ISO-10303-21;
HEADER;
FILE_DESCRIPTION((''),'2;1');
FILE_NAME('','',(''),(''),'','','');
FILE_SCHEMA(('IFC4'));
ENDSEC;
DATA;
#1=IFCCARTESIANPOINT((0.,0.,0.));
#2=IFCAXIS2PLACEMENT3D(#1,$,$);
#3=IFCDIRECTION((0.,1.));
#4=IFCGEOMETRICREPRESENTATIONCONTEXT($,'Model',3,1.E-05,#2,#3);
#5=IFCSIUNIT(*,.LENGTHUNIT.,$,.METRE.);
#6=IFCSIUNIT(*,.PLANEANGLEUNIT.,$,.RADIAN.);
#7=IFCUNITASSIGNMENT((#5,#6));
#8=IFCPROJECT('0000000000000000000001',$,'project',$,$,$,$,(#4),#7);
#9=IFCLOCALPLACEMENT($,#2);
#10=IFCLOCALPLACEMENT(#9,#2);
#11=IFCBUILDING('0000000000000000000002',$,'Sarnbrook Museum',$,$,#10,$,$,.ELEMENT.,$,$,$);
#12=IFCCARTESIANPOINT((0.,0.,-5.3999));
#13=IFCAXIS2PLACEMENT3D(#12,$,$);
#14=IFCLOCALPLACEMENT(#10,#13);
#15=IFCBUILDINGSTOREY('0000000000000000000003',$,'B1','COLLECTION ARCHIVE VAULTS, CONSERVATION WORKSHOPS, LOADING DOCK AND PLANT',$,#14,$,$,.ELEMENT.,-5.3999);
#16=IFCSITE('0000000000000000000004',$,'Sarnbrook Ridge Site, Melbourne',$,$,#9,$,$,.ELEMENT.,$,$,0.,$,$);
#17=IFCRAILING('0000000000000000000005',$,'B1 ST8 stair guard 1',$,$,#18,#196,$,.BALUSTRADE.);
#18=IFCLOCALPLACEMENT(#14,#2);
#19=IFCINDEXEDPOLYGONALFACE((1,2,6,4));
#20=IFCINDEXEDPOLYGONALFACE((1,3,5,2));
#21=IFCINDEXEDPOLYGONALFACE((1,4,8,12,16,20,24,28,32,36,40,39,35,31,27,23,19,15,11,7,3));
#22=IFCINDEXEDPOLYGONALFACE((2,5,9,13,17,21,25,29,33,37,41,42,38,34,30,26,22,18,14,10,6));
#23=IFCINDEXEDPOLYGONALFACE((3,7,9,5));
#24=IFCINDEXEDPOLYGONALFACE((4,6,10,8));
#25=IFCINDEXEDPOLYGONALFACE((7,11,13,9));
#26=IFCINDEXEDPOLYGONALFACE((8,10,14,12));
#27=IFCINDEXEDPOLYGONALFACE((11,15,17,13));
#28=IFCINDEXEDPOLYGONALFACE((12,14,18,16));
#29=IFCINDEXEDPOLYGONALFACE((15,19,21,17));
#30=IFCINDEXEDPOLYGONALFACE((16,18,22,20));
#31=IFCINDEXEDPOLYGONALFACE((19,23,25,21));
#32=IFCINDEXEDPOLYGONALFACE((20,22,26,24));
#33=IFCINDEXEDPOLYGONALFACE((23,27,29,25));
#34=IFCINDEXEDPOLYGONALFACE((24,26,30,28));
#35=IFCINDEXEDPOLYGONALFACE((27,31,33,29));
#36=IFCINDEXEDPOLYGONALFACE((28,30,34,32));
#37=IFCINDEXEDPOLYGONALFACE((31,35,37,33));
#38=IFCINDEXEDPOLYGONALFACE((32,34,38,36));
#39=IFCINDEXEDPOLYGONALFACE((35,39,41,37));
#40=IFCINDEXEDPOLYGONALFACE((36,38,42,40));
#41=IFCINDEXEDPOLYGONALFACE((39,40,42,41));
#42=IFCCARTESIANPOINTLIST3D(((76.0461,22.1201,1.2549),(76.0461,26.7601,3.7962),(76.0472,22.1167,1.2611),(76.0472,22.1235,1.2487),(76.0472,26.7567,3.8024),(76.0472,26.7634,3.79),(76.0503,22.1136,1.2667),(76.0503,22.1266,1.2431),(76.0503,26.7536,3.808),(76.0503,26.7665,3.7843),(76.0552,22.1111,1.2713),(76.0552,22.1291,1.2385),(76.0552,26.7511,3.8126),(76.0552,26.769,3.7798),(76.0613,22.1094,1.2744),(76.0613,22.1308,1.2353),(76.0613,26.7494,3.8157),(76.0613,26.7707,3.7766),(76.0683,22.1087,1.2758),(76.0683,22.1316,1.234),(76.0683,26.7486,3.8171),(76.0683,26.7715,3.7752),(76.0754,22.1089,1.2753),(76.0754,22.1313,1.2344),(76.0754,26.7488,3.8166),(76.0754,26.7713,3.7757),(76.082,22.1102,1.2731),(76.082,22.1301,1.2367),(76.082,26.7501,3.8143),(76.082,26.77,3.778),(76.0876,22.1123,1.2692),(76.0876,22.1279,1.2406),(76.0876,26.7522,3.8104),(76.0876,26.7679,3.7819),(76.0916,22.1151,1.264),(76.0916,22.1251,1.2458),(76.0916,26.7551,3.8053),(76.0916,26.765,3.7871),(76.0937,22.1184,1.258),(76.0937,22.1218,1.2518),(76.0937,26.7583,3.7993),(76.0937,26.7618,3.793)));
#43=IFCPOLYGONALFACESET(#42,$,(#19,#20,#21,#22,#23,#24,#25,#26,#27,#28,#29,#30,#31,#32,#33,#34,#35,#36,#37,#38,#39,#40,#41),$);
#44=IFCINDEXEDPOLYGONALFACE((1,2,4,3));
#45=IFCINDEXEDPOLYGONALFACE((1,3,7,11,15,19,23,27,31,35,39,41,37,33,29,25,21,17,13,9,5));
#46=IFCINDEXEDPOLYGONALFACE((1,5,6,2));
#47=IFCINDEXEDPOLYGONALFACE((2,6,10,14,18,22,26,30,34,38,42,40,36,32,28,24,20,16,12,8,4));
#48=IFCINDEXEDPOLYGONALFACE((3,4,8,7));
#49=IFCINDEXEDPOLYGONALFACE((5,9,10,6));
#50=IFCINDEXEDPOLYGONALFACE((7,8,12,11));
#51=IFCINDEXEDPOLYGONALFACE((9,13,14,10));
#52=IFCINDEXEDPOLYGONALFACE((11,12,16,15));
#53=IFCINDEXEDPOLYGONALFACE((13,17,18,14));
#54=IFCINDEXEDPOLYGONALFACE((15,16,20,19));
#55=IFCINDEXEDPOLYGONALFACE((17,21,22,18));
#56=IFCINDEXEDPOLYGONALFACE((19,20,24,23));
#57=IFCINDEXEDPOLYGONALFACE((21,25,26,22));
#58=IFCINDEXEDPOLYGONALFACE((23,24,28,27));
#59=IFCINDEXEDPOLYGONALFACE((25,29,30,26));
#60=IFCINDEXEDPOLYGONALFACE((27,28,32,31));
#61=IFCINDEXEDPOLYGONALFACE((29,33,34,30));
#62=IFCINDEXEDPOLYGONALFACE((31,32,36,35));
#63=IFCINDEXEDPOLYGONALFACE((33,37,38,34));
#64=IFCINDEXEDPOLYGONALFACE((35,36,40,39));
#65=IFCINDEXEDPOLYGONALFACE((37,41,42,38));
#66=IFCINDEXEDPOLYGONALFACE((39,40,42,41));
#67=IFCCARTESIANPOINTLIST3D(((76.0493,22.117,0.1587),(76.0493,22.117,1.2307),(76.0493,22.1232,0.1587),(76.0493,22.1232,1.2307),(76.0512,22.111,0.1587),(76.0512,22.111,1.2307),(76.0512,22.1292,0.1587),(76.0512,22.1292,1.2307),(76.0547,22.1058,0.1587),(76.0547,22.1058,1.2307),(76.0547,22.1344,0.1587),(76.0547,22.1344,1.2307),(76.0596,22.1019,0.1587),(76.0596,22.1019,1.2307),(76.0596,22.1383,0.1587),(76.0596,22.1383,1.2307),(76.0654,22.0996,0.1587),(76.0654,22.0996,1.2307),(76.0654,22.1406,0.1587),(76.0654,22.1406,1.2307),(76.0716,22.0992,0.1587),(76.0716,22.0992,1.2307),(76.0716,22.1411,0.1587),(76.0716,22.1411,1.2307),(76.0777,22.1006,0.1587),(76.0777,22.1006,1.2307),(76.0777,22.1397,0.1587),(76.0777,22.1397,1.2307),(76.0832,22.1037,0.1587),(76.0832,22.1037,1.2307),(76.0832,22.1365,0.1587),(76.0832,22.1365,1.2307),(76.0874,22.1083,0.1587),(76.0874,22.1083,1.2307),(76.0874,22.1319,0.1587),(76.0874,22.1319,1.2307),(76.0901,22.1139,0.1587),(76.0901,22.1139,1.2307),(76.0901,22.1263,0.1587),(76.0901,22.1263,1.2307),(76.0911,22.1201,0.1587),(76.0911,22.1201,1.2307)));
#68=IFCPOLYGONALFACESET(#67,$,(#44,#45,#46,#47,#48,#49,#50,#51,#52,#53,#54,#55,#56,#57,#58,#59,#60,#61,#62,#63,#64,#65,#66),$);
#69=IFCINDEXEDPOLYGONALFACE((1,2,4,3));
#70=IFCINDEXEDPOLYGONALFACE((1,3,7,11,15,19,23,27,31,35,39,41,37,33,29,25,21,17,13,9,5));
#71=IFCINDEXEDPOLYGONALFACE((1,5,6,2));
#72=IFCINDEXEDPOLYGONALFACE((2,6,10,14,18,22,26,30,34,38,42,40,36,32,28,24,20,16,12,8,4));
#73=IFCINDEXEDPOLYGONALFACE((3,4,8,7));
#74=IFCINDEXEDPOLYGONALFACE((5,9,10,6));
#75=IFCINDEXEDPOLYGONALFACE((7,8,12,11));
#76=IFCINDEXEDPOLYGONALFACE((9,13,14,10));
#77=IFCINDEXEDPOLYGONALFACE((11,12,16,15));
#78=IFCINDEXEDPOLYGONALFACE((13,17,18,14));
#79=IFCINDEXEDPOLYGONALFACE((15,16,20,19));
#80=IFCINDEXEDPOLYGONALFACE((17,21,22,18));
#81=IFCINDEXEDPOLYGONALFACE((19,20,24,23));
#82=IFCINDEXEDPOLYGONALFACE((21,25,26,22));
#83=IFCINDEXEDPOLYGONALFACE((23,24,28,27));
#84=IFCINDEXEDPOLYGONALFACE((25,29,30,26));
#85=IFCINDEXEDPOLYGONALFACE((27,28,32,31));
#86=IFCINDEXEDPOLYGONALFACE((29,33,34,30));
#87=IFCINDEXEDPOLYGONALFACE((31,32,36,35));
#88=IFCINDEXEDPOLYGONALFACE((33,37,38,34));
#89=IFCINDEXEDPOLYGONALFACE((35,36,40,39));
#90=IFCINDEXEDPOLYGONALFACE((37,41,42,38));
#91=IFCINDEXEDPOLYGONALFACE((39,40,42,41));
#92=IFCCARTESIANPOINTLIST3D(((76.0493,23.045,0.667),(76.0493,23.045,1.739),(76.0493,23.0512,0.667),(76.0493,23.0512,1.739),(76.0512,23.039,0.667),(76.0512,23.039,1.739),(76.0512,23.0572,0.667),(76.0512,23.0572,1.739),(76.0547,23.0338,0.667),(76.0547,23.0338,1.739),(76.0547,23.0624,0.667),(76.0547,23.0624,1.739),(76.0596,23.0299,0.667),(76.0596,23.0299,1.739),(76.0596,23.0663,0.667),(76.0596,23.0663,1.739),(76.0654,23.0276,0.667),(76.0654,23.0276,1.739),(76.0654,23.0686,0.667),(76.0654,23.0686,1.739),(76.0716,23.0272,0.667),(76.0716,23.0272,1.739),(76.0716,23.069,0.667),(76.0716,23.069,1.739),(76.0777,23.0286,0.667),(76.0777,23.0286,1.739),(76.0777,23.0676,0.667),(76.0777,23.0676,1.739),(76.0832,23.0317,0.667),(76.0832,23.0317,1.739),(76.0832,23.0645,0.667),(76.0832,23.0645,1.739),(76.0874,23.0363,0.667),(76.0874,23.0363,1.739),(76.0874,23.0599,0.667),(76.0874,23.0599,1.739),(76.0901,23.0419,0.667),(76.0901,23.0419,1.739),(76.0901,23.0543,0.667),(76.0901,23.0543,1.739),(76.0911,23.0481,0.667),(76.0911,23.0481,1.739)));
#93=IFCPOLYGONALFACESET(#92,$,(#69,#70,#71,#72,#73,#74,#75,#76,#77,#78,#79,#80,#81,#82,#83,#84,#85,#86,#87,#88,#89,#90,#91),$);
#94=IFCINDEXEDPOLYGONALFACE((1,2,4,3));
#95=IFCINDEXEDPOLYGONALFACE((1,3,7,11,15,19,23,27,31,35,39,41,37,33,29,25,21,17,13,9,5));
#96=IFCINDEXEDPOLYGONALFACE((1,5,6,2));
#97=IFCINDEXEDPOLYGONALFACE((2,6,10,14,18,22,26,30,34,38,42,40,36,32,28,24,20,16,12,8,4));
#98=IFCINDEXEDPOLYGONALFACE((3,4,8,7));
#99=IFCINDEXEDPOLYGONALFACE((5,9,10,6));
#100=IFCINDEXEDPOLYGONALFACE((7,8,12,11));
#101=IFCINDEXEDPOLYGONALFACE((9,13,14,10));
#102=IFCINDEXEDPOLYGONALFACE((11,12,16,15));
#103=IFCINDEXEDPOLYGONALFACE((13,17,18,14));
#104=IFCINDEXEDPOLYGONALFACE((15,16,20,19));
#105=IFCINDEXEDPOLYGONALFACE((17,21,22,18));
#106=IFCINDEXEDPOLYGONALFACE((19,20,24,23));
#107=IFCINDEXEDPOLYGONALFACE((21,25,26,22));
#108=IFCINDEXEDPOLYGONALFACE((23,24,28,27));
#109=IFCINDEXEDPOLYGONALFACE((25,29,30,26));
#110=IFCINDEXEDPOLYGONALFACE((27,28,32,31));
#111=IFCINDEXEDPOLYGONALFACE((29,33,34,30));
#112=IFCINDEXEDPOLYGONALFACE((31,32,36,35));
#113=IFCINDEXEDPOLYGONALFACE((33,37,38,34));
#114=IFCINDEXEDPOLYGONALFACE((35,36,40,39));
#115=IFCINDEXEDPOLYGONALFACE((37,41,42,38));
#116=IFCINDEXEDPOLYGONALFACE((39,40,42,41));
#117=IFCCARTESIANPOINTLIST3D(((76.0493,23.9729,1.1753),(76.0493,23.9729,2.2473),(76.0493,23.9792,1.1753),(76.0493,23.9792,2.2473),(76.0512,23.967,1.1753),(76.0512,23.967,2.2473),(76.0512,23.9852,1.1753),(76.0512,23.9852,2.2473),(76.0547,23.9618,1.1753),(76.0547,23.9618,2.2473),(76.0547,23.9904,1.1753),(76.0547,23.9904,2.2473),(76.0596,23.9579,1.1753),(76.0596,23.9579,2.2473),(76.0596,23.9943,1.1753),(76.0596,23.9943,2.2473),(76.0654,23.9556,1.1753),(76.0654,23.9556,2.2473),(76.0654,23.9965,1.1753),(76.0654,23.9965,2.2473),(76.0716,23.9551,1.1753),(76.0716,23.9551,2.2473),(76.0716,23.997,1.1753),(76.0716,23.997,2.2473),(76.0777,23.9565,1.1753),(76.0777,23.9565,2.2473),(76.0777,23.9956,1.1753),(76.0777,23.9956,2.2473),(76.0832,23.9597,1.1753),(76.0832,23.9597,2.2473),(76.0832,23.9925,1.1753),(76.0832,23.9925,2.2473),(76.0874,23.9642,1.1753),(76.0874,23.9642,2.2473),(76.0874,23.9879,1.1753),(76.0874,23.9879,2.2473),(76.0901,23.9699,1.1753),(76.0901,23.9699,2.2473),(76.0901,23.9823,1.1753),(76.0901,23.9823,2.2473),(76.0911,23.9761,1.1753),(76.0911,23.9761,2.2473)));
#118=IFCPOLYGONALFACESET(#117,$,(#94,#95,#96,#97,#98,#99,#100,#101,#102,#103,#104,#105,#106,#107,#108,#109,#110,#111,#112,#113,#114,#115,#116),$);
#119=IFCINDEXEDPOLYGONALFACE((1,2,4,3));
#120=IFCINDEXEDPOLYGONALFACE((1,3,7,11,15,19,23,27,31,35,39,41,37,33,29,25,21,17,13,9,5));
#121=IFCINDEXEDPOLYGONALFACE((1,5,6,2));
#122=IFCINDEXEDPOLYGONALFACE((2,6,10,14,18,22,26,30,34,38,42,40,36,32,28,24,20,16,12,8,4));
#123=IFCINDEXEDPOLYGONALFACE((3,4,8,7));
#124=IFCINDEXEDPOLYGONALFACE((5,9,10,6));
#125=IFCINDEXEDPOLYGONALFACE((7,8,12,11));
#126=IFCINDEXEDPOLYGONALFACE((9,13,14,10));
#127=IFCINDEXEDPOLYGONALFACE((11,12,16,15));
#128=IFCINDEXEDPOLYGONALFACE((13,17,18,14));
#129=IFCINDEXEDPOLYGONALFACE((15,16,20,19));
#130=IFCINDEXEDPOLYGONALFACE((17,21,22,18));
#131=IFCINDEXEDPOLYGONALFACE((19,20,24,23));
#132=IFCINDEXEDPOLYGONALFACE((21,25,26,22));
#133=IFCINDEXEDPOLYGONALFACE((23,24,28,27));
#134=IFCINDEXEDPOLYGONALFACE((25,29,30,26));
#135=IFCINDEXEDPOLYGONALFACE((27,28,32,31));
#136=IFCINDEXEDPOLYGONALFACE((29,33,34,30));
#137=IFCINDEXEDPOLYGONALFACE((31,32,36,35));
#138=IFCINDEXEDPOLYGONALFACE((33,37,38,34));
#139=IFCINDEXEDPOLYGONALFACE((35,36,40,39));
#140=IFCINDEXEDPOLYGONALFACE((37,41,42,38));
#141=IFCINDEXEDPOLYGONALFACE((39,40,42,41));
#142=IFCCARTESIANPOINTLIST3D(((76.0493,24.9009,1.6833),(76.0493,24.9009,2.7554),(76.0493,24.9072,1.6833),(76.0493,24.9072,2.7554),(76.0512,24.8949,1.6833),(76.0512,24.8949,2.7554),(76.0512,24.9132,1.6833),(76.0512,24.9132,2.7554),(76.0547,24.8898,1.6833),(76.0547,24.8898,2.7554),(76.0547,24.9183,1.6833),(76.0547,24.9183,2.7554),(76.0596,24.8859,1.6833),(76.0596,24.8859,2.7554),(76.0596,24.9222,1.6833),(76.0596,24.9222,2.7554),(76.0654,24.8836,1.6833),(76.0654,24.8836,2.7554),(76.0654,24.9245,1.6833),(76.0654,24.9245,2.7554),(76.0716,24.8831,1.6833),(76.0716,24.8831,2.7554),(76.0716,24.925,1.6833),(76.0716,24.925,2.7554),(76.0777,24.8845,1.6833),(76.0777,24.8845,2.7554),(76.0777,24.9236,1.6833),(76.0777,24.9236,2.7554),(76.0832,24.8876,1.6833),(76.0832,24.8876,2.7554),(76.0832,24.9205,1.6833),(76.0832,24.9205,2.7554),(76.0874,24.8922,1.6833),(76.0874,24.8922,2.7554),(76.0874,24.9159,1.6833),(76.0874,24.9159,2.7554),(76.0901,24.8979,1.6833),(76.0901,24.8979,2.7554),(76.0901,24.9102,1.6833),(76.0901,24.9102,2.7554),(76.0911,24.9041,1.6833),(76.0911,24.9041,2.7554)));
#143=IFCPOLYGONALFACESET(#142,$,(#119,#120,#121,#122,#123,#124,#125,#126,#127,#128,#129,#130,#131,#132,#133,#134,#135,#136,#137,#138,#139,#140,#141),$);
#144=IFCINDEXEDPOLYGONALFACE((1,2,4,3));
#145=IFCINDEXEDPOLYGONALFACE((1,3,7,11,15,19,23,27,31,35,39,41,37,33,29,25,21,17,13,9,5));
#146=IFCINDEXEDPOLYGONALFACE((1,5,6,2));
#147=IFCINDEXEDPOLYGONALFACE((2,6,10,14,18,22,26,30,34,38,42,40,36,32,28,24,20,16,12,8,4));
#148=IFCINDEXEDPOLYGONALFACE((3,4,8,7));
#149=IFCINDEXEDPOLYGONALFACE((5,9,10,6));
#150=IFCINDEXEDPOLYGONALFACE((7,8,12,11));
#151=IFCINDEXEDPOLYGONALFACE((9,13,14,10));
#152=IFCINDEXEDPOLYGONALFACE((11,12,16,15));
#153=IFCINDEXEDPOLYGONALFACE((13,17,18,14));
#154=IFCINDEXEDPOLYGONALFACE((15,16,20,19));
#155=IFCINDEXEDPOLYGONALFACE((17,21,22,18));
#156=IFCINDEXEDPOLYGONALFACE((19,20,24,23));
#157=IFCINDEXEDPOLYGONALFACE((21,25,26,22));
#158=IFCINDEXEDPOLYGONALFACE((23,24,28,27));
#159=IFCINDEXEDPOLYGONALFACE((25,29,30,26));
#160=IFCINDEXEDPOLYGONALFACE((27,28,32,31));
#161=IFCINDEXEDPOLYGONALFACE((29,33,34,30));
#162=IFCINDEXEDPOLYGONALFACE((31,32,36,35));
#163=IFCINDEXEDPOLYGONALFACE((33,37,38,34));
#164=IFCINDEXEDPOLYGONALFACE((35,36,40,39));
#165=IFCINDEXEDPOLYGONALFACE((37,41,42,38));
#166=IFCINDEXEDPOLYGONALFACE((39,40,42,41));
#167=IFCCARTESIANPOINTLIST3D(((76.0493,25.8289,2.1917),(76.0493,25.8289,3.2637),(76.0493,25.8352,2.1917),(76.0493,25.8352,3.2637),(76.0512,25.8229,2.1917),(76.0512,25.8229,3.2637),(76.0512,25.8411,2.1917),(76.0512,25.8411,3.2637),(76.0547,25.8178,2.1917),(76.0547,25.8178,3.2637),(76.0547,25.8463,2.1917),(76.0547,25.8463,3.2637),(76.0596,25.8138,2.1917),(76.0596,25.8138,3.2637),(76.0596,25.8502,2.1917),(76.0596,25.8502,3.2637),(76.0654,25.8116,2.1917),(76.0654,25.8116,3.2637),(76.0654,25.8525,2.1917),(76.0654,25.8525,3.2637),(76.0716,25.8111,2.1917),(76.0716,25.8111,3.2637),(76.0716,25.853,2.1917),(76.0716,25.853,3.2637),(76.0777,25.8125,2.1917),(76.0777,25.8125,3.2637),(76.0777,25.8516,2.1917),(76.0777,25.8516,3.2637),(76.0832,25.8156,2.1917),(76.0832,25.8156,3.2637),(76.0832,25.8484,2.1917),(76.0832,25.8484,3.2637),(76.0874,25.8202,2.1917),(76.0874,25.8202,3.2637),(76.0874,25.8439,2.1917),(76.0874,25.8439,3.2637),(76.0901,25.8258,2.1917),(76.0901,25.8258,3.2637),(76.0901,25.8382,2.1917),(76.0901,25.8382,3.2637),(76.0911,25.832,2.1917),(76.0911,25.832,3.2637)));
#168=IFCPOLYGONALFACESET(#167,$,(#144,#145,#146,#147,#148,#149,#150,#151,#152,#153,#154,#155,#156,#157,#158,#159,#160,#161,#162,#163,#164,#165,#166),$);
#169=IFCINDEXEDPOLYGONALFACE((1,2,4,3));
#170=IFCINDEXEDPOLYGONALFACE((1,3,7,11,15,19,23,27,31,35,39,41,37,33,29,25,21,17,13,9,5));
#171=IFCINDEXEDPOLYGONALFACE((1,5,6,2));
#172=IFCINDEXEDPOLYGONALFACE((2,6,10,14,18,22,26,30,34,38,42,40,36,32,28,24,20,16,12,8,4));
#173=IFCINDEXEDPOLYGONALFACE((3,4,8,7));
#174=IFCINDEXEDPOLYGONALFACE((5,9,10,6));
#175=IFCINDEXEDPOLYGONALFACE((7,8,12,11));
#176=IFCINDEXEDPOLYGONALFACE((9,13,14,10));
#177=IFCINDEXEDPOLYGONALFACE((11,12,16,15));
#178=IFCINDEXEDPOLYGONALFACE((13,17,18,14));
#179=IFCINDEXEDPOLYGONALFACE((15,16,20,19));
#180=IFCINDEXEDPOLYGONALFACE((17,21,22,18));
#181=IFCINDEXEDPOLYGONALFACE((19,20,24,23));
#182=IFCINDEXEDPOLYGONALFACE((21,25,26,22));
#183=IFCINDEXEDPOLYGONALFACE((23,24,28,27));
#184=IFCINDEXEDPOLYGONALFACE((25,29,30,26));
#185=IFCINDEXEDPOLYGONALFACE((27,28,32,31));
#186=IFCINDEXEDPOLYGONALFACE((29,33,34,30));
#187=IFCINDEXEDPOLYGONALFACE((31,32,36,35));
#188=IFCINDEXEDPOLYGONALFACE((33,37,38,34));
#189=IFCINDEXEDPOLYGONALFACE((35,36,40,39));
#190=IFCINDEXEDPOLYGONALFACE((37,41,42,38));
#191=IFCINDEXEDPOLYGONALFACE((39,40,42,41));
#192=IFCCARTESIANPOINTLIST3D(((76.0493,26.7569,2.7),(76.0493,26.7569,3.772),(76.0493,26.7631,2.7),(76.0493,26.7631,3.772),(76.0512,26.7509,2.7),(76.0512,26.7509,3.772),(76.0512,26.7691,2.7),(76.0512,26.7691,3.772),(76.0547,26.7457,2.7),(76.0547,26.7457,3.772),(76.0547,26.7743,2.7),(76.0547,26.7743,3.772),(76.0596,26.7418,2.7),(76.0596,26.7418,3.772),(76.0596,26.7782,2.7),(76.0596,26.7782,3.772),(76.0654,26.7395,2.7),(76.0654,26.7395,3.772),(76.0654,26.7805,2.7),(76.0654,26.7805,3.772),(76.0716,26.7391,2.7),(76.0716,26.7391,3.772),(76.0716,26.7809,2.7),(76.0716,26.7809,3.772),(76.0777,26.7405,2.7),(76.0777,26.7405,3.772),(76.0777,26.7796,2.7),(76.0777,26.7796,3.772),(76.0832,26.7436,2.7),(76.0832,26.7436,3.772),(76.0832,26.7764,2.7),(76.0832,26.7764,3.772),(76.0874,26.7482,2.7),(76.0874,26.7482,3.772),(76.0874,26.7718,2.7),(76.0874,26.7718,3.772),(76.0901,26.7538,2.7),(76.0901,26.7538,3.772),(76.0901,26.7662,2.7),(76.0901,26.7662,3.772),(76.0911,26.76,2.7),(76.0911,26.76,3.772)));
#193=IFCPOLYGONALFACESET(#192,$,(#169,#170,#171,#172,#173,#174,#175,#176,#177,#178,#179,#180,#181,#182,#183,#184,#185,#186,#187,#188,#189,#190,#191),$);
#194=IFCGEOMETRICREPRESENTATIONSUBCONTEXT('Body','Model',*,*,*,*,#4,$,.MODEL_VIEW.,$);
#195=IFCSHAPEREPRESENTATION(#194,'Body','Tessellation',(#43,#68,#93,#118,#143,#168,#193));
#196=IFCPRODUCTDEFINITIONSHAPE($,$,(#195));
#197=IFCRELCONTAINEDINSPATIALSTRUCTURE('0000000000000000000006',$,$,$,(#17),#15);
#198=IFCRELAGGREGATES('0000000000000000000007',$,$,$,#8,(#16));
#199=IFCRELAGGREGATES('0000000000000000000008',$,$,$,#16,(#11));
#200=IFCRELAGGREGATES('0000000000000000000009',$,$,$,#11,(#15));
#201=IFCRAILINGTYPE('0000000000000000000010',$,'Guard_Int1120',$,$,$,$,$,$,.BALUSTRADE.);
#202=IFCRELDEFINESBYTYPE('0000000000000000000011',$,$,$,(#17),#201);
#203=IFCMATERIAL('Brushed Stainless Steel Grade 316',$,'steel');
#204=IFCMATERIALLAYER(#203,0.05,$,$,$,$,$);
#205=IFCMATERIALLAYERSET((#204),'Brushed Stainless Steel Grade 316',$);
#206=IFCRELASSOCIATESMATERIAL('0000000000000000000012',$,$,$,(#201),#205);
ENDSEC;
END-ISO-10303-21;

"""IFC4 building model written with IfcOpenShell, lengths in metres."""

from ifc_helpers import new_model, si_unit, direction, frame, origin, origin_2d, place, context, subcontext, project, spatial, circle, extrude, material, layer, layer_set, type_object, element, save


model = new_model("IFC4")

# Units and contexts
model_context = context("Model", 3, precision=1e-05, world=origin(), true_north=direction((0.0, 1.0)))
body_context = subcontext(model_context, "Body", "Model", "MODEL_VIEW")
ifc_project = project(units=[si_unit("LENGTHUNIT", "METRE"), si_unit("PLANEANGLEUNIT", "RADIAN")], contexts=[model_context])

# Site, building, storey
site_placement = place(None, origin())
site = spatial("IfcSite", under=ifc_project, at=site_placement, Name="Sarnbrook Ridge Site, Melbourne", CompositionType="ELEMENT", RefElevation=0.0)
building_placement = place(site_placement, origin())
building = spatial("IfcBuilding", under=site, at=building_placement, Name="Sarnbrook Museum", CompositionType="ELEMENT")
storey_placement = place(building_placement, frame((0.0, 0.0, -5.3999)))
storey = spatial("IfcBuildingStorey", under=building, at=storey_placement, Name="B1", Description="COLLECTION ARCHIVE VAULTS, CONSERVATION WORKSHOPS, LOADING DOCK AND PLANT", CompositionType="ELEMENT", Elevation=-5.3999)

# Railing
ifc_material_1 = material(Name="Brushed Stainless Steel Grade 316", Category="steel")
ifc_layer_1 = layer(ifc_material_1, 0.05)
ifc_layer_set_1 = layer_set([ifc_layer_1], Name="Brushed Stainless Steel Grade 316")
railing_type_1 = type_object("IfcRailingType", Name="Guard_Int1120", PredefinedType="BALUSTRADE", material=ifc_layer_set_1)
railing_1_placement = place(storey_placement, frame((76.0701, 22.1201, 0.1587)))
element("IfcRailing", 1, at=railing_1_placement, inside=storey, type_object=railing_type_1, Name="B1 ST8 stair guard 1", PredefinedType="BALUSTRADE", context=body_context, shape_type="SweptSolid", body=[
    extrude(circle(Radius=0.0239, at=origin_2d()), frame((0.0, 0.0, 1.0962), z_axis=(0.0, 0.877067, 0.480368), x_axis=(-1.0, 0.0, 0.0)), (0.0, 0.0, 1.0), 5.2903),
    extrude(circle(Radius=0.021, at=origin_2d()), origin(), (0.0, 0.0, 1.0), 1.072),
    extrude(circle(Radius=0.021, at=origin_2d()), frame((0.0, 0.928, 0.5083)), (0.0, 0.0, 1.0), 1.072),
    extrude(circle(Radius=0.021, at=origin_2d()), frame((0.0, 1.856, 1.0166)), (0.0, 0.0, 1.0), 1.072),
    extrude(circle(Radius=0.021, at=origin_2d()), frame((0.0, 2.7839, 1.5247)), (0.0, 0.0, 1.0), 1.072),
    extrude(circle(Radius=0.021, at=origin_2d()), frame((0.0, 3.7119, 2.033)), (0.0, 0.0, 1.0), 1.072),
    extrude(circle(Radius=0.021, at=origin_2d()), frame((0.0, 4.6399, 2.5413)), (0.0, 0.0, 1.0), 1.072),
])

save(model, "model.ifc")
